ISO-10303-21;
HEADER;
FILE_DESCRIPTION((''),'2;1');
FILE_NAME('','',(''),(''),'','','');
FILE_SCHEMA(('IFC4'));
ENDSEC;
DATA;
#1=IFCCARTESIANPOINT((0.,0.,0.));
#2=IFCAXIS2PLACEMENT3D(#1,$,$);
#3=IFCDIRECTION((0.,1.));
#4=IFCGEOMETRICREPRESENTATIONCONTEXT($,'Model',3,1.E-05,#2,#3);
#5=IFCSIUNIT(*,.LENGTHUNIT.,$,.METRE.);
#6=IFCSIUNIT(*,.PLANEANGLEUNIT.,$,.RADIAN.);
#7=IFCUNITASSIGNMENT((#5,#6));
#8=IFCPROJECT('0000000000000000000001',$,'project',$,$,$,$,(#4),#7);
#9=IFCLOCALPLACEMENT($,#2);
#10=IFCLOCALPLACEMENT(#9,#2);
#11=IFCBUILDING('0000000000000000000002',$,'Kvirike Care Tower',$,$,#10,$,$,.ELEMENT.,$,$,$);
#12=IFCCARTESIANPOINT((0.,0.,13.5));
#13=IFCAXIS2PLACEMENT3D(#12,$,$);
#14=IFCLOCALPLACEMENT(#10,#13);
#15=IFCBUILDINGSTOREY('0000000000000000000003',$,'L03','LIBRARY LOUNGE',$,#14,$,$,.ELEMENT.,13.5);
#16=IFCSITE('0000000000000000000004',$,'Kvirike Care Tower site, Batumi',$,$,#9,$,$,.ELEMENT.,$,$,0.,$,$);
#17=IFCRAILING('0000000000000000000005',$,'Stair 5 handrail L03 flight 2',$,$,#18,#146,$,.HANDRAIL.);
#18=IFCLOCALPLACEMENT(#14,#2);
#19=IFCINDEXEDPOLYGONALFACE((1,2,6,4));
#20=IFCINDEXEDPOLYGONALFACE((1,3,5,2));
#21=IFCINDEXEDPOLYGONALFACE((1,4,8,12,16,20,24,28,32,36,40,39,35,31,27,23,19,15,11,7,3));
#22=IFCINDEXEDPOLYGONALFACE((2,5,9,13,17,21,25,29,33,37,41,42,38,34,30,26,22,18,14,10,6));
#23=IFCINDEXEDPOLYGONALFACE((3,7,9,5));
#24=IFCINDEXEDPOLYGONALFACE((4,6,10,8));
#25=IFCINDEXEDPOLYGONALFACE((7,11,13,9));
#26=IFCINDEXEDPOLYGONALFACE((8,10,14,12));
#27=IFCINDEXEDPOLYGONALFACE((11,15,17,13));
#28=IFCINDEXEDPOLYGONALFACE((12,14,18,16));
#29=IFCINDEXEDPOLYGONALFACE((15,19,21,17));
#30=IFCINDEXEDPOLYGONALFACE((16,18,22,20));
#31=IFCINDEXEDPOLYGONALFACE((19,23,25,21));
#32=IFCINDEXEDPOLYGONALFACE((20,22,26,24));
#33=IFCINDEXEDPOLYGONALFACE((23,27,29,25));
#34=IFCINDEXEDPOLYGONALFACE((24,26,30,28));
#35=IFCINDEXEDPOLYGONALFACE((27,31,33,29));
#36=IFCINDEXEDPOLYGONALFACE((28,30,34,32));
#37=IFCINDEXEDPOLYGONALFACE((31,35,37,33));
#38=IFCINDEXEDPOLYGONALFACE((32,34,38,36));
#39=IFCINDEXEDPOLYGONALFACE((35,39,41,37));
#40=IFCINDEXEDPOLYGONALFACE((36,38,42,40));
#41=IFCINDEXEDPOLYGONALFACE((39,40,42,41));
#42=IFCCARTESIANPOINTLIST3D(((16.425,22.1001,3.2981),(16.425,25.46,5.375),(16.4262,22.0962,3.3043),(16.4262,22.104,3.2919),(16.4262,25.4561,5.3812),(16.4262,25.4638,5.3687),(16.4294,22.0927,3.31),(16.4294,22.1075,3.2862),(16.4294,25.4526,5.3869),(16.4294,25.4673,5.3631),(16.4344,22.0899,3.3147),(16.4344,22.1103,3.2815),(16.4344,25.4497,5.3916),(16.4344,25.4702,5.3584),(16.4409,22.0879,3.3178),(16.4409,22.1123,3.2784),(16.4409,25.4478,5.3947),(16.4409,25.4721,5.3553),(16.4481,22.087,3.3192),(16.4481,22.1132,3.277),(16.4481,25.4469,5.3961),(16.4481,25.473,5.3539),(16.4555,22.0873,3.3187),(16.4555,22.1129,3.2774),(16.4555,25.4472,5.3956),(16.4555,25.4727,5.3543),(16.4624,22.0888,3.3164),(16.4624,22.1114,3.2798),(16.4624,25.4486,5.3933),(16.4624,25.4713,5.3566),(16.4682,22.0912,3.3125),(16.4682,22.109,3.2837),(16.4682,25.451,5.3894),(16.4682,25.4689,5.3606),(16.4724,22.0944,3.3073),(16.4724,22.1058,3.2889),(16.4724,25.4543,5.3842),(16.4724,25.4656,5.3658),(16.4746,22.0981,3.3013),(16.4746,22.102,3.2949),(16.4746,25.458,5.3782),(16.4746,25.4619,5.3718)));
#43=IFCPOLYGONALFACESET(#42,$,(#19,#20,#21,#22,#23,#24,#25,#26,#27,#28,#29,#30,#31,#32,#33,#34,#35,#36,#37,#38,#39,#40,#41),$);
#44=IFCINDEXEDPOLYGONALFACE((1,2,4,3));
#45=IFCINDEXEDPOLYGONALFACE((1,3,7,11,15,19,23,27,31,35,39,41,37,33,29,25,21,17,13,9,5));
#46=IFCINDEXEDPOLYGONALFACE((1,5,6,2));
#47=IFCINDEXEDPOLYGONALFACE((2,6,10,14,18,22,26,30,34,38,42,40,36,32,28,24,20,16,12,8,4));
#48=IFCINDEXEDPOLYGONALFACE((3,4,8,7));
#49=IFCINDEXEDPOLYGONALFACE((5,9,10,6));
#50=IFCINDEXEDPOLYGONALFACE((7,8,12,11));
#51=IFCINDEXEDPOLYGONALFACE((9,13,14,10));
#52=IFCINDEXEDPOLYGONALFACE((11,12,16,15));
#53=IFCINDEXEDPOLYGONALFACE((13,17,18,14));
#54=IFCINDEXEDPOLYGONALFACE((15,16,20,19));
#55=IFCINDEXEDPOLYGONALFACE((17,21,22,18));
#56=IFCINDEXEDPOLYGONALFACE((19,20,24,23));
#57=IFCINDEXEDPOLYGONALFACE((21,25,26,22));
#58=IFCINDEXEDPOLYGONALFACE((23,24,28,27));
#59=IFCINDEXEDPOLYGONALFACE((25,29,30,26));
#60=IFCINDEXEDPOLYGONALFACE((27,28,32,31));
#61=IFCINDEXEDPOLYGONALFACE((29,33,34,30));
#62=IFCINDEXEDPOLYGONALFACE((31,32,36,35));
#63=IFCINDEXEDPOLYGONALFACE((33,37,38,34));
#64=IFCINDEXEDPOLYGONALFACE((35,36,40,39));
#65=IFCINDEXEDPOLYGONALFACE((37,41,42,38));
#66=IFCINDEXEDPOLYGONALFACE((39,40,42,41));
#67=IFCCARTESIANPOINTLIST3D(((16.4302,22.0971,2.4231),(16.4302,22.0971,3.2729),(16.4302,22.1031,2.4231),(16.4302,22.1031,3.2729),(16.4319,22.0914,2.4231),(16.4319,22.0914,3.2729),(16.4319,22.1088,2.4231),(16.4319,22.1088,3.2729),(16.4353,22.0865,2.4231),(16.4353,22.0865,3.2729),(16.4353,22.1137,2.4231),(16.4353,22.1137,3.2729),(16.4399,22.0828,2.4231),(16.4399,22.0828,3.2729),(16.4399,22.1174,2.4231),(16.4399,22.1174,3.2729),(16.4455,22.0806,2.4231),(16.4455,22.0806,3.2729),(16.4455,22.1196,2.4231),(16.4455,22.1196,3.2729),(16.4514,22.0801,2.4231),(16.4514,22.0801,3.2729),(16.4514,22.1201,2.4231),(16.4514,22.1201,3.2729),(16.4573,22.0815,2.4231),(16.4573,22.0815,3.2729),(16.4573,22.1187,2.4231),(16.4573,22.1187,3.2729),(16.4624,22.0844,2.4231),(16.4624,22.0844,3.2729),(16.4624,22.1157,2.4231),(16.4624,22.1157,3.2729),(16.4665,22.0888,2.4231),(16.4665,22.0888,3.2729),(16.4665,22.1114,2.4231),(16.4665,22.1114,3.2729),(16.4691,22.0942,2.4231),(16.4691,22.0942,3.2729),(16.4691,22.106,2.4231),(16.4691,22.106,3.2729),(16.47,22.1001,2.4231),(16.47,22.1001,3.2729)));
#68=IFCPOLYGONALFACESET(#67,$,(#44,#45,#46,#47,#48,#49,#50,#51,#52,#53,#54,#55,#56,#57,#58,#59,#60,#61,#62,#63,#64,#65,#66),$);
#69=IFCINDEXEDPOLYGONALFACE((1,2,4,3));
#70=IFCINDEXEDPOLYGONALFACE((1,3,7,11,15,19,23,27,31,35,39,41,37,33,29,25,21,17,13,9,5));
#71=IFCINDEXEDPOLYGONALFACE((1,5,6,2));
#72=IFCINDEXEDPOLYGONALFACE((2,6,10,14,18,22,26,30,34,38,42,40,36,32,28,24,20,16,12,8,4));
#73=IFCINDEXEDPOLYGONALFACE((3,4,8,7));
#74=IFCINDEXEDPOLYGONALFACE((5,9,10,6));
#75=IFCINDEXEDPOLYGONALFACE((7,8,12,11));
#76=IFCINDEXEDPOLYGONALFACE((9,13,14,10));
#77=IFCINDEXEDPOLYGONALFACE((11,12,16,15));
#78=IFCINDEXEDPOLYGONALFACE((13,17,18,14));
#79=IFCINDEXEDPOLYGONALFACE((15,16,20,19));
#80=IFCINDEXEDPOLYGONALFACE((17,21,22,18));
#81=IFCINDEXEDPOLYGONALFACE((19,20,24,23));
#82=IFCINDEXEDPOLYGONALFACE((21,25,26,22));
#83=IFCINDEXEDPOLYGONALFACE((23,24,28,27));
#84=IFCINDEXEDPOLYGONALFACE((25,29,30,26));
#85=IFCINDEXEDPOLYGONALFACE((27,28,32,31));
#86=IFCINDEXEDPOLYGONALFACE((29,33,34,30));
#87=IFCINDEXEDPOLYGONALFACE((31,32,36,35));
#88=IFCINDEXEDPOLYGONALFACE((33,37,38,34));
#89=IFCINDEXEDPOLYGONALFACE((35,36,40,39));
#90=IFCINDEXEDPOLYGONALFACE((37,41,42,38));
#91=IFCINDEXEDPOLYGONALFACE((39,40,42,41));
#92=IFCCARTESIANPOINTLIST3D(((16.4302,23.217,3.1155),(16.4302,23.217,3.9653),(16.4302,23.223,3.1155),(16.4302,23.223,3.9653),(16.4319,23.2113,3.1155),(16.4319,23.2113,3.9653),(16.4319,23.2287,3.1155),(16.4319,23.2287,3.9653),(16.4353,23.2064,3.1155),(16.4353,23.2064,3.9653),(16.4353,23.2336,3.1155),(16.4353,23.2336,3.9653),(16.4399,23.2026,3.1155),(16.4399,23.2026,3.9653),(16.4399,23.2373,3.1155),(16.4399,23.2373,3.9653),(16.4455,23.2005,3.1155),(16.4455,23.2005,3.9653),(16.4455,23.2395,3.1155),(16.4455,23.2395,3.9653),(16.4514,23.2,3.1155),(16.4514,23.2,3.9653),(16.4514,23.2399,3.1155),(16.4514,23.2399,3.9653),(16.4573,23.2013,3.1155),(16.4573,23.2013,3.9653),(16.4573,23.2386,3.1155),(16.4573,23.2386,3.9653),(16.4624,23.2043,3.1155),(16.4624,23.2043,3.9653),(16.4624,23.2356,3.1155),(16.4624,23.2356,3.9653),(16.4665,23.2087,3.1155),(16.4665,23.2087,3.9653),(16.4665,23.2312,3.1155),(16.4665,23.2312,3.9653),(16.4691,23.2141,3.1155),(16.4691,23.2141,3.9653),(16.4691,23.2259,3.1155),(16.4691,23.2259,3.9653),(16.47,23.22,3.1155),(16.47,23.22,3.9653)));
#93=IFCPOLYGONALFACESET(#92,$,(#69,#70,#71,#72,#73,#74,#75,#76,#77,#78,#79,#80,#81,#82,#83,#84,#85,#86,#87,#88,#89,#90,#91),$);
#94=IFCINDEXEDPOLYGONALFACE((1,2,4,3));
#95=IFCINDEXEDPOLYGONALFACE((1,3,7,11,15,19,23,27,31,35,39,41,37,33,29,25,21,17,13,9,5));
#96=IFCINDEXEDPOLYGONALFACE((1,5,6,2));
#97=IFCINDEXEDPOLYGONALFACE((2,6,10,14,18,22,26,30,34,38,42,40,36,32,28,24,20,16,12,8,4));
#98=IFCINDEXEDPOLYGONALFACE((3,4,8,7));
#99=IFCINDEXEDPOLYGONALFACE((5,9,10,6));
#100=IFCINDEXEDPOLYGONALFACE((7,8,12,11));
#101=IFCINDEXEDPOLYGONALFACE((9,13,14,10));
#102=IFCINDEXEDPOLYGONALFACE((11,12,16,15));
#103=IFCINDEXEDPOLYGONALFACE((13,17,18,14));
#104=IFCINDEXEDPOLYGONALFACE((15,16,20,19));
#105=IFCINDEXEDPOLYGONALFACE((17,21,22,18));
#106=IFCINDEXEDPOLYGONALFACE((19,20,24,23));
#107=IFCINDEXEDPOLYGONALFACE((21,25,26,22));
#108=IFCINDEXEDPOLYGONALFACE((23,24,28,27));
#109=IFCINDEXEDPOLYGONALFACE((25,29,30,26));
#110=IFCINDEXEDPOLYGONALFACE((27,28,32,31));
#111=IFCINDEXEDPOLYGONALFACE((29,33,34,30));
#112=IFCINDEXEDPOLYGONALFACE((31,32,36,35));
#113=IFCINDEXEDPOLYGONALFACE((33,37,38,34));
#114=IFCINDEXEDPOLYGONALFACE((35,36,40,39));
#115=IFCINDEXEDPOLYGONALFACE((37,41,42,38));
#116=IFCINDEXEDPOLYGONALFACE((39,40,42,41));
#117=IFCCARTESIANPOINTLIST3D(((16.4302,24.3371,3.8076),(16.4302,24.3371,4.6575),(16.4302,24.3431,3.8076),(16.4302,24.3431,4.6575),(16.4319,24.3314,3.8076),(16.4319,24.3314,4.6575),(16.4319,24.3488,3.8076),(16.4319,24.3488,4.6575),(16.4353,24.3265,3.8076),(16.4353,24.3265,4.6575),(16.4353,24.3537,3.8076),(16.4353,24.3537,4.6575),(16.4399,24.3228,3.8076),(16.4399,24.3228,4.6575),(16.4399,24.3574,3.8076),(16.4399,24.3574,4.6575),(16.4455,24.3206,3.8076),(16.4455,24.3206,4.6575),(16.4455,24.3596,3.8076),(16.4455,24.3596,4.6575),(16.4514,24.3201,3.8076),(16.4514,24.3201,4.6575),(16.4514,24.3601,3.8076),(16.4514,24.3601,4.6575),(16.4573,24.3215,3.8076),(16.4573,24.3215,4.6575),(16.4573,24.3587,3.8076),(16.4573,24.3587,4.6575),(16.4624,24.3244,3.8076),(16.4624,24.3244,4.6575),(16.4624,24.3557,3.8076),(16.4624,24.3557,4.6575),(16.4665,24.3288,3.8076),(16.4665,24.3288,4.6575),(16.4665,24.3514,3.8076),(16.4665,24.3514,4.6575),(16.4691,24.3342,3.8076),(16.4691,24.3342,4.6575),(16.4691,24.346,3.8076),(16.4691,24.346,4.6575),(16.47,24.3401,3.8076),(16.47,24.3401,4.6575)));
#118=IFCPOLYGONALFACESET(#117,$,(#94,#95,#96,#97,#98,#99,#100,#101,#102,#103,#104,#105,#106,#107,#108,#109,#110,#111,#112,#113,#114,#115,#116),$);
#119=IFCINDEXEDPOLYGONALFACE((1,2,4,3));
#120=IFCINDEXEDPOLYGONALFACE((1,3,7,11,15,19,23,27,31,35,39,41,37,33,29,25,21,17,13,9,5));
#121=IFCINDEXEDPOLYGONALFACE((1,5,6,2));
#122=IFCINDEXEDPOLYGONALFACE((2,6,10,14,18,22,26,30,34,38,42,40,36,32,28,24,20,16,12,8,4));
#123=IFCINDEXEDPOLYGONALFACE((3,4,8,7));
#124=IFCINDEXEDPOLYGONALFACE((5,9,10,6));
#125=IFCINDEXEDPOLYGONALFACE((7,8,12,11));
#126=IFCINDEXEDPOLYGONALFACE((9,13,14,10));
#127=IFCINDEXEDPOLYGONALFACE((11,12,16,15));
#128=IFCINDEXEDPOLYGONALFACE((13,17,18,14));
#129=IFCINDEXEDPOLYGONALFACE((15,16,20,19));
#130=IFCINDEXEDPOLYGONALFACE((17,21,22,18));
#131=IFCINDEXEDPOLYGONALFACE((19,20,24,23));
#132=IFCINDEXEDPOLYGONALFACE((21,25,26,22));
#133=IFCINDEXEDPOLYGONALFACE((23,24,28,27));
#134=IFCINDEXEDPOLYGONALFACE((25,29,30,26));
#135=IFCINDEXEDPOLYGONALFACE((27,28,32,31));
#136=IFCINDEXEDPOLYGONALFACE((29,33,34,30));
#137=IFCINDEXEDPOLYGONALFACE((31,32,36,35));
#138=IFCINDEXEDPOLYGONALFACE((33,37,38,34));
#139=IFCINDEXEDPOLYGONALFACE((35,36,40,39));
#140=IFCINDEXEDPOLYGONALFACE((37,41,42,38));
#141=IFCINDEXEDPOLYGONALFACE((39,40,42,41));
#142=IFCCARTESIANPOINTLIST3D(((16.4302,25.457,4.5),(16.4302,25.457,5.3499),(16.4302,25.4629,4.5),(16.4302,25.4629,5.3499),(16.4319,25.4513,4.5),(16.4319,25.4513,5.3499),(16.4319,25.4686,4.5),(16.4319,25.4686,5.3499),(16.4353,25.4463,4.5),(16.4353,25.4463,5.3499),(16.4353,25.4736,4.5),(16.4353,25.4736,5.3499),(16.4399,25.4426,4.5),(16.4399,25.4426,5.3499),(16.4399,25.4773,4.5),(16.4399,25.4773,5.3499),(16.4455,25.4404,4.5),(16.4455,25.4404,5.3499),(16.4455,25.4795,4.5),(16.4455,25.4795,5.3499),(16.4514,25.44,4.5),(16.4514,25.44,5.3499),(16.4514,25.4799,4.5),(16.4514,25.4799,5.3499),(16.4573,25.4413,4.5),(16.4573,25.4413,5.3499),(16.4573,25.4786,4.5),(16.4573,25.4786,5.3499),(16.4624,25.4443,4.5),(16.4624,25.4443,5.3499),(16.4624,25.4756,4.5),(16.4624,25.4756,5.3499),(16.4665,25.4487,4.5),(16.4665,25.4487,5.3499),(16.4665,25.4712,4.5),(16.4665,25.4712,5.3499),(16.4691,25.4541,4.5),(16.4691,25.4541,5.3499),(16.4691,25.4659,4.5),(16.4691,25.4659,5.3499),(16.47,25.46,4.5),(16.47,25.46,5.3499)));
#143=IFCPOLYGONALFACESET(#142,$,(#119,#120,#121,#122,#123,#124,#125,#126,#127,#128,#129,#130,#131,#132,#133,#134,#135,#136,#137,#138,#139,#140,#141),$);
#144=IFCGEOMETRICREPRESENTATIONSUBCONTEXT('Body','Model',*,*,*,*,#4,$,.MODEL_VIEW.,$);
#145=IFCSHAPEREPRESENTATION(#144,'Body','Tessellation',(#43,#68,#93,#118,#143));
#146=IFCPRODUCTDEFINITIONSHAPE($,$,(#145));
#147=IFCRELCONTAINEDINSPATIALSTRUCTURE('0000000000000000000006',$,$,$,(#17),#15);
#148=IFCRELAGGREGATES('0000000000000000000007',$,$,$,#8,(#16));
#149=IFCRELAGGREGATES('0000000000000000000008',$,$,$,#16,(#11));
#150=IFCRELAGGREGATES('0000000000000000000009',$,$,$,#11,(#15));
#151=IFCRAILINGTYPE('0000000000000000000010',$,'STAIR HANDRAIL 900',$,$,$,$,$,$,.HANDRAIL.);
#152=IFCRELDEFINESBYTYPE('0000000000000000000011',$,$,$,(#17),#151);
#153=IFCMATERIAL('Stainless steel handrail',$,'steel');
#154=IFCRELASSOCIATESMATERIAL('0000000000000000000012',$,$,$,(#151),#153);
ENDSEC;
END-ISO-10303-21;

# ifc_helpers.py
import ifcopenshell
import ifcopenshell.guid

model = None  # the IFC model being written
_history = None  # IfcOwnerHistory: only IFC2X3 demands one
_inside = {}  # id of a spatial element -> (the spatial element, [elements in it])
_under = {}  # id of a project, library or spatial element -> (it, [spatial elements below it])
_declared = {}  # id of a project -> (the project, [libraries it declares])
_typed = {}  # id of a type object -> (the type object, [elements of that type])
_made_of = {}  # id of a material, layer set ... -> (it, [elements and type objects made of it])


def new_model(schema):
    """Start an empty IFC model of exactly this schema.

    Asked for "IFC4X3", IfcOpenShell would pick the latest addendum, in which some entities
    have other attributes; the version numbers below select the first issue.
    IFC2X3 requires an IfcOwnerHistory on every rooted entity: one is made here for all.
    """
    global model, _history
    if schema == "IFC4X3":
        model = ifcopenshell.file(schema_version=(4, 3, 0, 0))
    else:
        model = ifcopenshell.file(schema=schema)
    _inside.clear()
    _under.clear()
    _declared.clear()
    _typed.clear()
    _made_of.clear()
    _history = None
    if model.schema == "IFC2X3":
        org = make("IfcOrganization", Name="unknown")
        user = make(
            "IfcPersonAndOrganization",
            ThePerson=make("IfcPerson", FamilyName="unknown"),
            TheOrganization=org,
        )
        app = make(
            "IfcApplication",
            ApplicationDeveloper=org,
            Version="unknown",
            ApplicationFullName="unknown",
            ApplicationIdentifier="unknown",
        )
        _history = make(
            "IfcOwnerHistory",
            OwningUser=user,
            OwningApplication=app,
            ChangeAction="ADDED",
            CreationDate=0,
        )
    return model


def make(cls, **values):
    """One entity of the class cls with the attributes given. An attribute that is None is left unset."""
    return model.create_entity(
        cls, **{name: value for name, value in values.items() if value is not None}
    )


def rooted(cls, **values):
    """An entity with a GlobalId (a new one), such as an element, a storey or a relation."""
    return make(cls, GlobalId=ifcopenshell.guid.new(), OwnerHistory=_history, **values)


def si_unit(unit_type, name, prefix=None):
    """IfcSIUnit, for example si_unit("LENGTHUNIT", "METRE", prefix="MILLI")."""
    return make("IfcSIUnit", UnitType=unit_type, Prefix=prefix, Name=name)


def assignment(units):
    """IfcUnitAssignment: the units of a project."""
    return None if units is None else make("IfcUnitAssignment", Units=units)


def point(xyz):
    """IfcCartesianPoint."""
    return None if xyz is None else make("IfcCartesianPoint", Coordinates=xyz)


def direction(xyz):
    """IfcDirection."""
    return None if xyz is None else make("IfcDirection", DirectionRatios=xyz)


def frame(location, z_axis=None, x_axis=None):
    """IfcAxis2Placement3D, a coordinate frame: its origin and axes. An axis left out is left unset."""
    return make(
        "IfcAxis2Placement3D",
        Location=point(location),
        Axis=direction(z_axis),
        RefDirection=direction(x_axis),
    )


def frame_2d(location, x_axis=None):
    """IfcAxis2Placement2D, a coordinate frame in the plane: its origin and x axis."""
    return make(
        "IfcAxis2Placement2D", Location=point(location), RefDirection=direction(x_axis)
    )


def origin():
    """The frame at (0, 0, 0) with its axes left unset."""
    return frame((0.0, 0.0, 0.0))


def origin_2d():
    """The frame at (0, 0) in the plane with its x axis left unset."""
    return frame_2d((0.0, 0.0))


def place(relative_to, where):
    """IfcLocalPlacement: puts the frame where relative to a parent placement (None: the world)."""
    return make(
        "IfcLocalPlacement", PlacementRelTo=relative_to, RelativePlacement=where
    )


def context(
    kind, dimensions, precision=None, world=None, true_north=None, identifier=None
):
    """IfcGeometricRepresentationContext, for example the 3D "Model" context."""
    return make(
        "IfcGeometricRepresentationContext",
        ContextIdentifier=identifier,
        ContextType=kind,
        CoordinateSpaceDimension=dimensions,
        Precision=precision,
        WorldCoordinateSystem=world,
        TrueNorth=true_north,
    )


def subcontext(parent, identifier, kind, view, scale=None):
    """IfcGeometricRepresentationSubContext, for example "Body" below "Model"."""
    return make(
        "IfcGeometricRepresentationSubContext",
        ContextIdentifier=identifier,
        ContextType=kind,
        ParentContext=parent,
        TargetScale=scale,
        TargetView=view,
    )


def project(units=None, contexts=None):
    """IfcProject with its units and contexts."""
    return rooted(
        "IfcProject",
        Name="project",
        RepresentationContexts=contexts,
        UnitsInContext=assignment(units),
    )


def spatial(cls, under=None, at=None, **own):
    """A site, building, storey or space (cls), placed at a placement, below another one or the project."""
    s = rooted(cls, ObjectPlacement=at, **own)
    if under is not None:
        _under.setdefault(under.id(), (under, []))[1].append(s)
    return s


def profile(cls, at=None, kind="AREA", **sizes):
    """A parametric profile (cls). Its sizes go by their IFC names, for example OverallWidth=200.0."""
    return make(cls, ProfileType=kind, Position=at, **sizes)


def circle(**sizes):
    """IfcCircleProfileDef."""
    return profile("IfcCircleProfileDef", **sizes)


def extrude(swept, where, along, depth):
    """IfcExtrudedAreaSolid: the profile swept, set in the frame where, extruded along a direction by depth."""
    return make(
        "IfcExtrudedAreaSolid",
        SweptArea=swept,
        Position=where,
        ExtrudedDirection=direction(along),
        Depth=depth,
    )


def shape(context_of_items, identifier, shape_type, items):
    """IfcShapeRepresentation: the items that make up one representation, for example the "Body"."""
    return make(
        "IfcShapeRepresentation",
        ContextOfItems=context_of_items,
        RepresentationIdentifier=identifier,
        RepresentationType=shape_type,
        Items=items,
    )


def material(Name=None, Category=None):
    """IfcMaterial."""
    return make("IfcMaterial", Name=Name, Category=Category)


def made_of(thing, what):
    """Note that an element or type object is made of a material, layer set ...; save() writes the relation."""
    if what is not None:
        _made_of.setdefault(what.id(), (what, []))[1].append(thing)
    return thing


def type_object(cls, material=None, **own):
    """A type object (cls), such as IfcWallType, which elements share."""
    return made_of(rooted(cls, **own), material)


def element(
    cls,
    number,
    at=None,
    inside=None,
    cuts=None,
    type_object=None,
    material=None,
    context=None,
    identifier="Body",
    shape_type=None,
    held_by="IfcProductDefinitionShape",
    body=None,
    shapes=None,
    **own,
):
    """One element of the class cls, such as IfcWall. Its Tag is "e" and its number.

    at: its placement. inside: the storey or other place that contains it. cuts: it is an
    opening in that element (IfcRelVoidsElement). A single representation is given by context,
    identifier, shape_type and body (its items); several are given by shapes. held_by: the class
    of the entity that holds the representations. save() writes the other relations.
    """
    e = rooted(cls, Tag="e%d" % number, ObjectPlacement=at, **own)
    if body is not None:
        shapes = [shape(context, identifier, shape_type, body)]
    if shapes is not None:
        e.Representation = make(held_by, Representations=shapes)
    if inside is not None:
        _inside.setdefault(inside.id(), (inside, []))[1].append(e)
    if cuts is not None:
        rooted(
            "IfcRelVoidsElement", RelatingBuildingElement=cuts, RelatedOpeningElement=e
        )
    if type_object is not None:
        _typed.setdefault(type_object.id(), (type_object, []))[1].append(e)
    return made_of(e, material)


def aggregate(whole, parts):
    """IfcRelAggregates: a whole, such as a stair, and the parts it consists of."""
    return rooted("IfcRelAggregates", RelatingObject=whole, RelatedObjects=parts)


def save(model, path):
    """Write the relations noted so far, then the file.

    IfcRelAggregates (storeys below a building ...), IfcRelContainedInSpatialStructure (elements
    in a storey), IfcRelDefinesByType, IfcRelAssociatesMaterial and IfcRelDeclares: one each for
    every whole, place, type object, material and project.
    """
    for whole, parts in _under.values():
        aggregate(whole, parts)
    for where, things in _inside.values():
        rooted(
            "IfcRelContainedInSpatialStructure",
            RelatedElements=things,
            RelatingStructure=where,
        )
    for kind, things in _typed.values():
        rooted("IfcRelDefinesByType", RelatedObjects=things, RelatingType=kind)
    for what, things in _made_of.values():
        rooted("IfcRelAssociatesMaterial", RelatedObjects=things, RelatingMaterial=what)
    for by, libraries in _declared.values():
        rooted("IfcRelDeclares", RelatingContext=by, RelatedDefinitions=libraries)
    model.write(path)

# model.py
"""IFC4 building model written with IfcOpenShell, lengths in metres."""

from ifc_helpers import new_model, si_unit, direction, frame, origin, origin_2d, place, context, subcontext, project, spatial, circle, extrude, material, type_object, element, save


model = new_model("IFC4")

# Units and contexts
model_context = context("Model", 3, precision=1e-05, world=origin(), true_north=direction((0.0, 1.0)))
body_context = subcontext(model_context, "Body", "Model", "MODEL_VIEW")
ifc_project = project(units=[si_unit("LENGTHUNIT", "METRE"), si_unit("PLANEANGLEUNIT", "RADIAN")], contexts=[model_context])

# Site, building, storey
site_placement = place(None, origin())
site = spatial("IfcSite", under=ifc_project, at=site_placement, Name="Kvirike Care Tower site, Batumi", CompositionType="ELEMENT", RefElevation=0.0)
building_placement = place(site_placement, origin())
building = spatial("IfcBuilding", under=site, at=building_placement, Name="Kvirike Care Tower", CompositionType="ELEMENT")
storey_placement = place(building_placement, frame((0.0, 0.0, 13.5)))
storey = spatial("IfcBuildingStorey", under=building, at=storey_placement, Name="L03", Description="LIBRARY LOUNGE", CompositionType="ELEMENT", Elevation=13.5)

# Railing
ifc_material_1 = material(Name="Stainless steel handrail", Category="steel")
railing_type = type_object("IfcRailingType", Name="STAIR HANDRAIL 900", PredefinedType="HANDRAIL", material=ifc_material_1)
railing_placement = place(storey_placement, frame((16.45, 22.1001, 2.4231)))
element("IfcRailing", 1, at=railing_placement, inside=storey, type_object=railing_type, Name="Stair 5 handrail L03 flight 2", PredefinedType="HANDRAIL", context=body_context, shape_type="SweptSolid", body=[
    extrude(circle(Radius=0.0249, at=origin_2d()), frame((0.0, 0.0, 0.875), z_axis=(0.0, 0.850606, 0.525803), x_axis=(-1.0, 0.0, 0.0)), (0.0, 0.0, 1.0), 3.95),
    extrude(circle(Radius=0.02, at=origin_2d()), origin(), (0.0, 0.0, 1.0), 0.8499),
    extrude(circle(Radius=0.02, at=origin_2d()), frame((0.0, 1.1199, 0.6924)), (0.0, 0.0, 1.0), 0.8499),
    extrude(circle(Radius=0.02, at=origin_2d()), frame((0.0, 2.24, 1.3845)), (0.0, 0.0, 1.0), 0.8499),
    extrude(circle(Radius=0.02, at=origin_2d()), frame((0.0, 3.3599, 2.0769)), (0.0, 0.0, 1.0), 0.8499),
])

save(model, "model.ifc")
